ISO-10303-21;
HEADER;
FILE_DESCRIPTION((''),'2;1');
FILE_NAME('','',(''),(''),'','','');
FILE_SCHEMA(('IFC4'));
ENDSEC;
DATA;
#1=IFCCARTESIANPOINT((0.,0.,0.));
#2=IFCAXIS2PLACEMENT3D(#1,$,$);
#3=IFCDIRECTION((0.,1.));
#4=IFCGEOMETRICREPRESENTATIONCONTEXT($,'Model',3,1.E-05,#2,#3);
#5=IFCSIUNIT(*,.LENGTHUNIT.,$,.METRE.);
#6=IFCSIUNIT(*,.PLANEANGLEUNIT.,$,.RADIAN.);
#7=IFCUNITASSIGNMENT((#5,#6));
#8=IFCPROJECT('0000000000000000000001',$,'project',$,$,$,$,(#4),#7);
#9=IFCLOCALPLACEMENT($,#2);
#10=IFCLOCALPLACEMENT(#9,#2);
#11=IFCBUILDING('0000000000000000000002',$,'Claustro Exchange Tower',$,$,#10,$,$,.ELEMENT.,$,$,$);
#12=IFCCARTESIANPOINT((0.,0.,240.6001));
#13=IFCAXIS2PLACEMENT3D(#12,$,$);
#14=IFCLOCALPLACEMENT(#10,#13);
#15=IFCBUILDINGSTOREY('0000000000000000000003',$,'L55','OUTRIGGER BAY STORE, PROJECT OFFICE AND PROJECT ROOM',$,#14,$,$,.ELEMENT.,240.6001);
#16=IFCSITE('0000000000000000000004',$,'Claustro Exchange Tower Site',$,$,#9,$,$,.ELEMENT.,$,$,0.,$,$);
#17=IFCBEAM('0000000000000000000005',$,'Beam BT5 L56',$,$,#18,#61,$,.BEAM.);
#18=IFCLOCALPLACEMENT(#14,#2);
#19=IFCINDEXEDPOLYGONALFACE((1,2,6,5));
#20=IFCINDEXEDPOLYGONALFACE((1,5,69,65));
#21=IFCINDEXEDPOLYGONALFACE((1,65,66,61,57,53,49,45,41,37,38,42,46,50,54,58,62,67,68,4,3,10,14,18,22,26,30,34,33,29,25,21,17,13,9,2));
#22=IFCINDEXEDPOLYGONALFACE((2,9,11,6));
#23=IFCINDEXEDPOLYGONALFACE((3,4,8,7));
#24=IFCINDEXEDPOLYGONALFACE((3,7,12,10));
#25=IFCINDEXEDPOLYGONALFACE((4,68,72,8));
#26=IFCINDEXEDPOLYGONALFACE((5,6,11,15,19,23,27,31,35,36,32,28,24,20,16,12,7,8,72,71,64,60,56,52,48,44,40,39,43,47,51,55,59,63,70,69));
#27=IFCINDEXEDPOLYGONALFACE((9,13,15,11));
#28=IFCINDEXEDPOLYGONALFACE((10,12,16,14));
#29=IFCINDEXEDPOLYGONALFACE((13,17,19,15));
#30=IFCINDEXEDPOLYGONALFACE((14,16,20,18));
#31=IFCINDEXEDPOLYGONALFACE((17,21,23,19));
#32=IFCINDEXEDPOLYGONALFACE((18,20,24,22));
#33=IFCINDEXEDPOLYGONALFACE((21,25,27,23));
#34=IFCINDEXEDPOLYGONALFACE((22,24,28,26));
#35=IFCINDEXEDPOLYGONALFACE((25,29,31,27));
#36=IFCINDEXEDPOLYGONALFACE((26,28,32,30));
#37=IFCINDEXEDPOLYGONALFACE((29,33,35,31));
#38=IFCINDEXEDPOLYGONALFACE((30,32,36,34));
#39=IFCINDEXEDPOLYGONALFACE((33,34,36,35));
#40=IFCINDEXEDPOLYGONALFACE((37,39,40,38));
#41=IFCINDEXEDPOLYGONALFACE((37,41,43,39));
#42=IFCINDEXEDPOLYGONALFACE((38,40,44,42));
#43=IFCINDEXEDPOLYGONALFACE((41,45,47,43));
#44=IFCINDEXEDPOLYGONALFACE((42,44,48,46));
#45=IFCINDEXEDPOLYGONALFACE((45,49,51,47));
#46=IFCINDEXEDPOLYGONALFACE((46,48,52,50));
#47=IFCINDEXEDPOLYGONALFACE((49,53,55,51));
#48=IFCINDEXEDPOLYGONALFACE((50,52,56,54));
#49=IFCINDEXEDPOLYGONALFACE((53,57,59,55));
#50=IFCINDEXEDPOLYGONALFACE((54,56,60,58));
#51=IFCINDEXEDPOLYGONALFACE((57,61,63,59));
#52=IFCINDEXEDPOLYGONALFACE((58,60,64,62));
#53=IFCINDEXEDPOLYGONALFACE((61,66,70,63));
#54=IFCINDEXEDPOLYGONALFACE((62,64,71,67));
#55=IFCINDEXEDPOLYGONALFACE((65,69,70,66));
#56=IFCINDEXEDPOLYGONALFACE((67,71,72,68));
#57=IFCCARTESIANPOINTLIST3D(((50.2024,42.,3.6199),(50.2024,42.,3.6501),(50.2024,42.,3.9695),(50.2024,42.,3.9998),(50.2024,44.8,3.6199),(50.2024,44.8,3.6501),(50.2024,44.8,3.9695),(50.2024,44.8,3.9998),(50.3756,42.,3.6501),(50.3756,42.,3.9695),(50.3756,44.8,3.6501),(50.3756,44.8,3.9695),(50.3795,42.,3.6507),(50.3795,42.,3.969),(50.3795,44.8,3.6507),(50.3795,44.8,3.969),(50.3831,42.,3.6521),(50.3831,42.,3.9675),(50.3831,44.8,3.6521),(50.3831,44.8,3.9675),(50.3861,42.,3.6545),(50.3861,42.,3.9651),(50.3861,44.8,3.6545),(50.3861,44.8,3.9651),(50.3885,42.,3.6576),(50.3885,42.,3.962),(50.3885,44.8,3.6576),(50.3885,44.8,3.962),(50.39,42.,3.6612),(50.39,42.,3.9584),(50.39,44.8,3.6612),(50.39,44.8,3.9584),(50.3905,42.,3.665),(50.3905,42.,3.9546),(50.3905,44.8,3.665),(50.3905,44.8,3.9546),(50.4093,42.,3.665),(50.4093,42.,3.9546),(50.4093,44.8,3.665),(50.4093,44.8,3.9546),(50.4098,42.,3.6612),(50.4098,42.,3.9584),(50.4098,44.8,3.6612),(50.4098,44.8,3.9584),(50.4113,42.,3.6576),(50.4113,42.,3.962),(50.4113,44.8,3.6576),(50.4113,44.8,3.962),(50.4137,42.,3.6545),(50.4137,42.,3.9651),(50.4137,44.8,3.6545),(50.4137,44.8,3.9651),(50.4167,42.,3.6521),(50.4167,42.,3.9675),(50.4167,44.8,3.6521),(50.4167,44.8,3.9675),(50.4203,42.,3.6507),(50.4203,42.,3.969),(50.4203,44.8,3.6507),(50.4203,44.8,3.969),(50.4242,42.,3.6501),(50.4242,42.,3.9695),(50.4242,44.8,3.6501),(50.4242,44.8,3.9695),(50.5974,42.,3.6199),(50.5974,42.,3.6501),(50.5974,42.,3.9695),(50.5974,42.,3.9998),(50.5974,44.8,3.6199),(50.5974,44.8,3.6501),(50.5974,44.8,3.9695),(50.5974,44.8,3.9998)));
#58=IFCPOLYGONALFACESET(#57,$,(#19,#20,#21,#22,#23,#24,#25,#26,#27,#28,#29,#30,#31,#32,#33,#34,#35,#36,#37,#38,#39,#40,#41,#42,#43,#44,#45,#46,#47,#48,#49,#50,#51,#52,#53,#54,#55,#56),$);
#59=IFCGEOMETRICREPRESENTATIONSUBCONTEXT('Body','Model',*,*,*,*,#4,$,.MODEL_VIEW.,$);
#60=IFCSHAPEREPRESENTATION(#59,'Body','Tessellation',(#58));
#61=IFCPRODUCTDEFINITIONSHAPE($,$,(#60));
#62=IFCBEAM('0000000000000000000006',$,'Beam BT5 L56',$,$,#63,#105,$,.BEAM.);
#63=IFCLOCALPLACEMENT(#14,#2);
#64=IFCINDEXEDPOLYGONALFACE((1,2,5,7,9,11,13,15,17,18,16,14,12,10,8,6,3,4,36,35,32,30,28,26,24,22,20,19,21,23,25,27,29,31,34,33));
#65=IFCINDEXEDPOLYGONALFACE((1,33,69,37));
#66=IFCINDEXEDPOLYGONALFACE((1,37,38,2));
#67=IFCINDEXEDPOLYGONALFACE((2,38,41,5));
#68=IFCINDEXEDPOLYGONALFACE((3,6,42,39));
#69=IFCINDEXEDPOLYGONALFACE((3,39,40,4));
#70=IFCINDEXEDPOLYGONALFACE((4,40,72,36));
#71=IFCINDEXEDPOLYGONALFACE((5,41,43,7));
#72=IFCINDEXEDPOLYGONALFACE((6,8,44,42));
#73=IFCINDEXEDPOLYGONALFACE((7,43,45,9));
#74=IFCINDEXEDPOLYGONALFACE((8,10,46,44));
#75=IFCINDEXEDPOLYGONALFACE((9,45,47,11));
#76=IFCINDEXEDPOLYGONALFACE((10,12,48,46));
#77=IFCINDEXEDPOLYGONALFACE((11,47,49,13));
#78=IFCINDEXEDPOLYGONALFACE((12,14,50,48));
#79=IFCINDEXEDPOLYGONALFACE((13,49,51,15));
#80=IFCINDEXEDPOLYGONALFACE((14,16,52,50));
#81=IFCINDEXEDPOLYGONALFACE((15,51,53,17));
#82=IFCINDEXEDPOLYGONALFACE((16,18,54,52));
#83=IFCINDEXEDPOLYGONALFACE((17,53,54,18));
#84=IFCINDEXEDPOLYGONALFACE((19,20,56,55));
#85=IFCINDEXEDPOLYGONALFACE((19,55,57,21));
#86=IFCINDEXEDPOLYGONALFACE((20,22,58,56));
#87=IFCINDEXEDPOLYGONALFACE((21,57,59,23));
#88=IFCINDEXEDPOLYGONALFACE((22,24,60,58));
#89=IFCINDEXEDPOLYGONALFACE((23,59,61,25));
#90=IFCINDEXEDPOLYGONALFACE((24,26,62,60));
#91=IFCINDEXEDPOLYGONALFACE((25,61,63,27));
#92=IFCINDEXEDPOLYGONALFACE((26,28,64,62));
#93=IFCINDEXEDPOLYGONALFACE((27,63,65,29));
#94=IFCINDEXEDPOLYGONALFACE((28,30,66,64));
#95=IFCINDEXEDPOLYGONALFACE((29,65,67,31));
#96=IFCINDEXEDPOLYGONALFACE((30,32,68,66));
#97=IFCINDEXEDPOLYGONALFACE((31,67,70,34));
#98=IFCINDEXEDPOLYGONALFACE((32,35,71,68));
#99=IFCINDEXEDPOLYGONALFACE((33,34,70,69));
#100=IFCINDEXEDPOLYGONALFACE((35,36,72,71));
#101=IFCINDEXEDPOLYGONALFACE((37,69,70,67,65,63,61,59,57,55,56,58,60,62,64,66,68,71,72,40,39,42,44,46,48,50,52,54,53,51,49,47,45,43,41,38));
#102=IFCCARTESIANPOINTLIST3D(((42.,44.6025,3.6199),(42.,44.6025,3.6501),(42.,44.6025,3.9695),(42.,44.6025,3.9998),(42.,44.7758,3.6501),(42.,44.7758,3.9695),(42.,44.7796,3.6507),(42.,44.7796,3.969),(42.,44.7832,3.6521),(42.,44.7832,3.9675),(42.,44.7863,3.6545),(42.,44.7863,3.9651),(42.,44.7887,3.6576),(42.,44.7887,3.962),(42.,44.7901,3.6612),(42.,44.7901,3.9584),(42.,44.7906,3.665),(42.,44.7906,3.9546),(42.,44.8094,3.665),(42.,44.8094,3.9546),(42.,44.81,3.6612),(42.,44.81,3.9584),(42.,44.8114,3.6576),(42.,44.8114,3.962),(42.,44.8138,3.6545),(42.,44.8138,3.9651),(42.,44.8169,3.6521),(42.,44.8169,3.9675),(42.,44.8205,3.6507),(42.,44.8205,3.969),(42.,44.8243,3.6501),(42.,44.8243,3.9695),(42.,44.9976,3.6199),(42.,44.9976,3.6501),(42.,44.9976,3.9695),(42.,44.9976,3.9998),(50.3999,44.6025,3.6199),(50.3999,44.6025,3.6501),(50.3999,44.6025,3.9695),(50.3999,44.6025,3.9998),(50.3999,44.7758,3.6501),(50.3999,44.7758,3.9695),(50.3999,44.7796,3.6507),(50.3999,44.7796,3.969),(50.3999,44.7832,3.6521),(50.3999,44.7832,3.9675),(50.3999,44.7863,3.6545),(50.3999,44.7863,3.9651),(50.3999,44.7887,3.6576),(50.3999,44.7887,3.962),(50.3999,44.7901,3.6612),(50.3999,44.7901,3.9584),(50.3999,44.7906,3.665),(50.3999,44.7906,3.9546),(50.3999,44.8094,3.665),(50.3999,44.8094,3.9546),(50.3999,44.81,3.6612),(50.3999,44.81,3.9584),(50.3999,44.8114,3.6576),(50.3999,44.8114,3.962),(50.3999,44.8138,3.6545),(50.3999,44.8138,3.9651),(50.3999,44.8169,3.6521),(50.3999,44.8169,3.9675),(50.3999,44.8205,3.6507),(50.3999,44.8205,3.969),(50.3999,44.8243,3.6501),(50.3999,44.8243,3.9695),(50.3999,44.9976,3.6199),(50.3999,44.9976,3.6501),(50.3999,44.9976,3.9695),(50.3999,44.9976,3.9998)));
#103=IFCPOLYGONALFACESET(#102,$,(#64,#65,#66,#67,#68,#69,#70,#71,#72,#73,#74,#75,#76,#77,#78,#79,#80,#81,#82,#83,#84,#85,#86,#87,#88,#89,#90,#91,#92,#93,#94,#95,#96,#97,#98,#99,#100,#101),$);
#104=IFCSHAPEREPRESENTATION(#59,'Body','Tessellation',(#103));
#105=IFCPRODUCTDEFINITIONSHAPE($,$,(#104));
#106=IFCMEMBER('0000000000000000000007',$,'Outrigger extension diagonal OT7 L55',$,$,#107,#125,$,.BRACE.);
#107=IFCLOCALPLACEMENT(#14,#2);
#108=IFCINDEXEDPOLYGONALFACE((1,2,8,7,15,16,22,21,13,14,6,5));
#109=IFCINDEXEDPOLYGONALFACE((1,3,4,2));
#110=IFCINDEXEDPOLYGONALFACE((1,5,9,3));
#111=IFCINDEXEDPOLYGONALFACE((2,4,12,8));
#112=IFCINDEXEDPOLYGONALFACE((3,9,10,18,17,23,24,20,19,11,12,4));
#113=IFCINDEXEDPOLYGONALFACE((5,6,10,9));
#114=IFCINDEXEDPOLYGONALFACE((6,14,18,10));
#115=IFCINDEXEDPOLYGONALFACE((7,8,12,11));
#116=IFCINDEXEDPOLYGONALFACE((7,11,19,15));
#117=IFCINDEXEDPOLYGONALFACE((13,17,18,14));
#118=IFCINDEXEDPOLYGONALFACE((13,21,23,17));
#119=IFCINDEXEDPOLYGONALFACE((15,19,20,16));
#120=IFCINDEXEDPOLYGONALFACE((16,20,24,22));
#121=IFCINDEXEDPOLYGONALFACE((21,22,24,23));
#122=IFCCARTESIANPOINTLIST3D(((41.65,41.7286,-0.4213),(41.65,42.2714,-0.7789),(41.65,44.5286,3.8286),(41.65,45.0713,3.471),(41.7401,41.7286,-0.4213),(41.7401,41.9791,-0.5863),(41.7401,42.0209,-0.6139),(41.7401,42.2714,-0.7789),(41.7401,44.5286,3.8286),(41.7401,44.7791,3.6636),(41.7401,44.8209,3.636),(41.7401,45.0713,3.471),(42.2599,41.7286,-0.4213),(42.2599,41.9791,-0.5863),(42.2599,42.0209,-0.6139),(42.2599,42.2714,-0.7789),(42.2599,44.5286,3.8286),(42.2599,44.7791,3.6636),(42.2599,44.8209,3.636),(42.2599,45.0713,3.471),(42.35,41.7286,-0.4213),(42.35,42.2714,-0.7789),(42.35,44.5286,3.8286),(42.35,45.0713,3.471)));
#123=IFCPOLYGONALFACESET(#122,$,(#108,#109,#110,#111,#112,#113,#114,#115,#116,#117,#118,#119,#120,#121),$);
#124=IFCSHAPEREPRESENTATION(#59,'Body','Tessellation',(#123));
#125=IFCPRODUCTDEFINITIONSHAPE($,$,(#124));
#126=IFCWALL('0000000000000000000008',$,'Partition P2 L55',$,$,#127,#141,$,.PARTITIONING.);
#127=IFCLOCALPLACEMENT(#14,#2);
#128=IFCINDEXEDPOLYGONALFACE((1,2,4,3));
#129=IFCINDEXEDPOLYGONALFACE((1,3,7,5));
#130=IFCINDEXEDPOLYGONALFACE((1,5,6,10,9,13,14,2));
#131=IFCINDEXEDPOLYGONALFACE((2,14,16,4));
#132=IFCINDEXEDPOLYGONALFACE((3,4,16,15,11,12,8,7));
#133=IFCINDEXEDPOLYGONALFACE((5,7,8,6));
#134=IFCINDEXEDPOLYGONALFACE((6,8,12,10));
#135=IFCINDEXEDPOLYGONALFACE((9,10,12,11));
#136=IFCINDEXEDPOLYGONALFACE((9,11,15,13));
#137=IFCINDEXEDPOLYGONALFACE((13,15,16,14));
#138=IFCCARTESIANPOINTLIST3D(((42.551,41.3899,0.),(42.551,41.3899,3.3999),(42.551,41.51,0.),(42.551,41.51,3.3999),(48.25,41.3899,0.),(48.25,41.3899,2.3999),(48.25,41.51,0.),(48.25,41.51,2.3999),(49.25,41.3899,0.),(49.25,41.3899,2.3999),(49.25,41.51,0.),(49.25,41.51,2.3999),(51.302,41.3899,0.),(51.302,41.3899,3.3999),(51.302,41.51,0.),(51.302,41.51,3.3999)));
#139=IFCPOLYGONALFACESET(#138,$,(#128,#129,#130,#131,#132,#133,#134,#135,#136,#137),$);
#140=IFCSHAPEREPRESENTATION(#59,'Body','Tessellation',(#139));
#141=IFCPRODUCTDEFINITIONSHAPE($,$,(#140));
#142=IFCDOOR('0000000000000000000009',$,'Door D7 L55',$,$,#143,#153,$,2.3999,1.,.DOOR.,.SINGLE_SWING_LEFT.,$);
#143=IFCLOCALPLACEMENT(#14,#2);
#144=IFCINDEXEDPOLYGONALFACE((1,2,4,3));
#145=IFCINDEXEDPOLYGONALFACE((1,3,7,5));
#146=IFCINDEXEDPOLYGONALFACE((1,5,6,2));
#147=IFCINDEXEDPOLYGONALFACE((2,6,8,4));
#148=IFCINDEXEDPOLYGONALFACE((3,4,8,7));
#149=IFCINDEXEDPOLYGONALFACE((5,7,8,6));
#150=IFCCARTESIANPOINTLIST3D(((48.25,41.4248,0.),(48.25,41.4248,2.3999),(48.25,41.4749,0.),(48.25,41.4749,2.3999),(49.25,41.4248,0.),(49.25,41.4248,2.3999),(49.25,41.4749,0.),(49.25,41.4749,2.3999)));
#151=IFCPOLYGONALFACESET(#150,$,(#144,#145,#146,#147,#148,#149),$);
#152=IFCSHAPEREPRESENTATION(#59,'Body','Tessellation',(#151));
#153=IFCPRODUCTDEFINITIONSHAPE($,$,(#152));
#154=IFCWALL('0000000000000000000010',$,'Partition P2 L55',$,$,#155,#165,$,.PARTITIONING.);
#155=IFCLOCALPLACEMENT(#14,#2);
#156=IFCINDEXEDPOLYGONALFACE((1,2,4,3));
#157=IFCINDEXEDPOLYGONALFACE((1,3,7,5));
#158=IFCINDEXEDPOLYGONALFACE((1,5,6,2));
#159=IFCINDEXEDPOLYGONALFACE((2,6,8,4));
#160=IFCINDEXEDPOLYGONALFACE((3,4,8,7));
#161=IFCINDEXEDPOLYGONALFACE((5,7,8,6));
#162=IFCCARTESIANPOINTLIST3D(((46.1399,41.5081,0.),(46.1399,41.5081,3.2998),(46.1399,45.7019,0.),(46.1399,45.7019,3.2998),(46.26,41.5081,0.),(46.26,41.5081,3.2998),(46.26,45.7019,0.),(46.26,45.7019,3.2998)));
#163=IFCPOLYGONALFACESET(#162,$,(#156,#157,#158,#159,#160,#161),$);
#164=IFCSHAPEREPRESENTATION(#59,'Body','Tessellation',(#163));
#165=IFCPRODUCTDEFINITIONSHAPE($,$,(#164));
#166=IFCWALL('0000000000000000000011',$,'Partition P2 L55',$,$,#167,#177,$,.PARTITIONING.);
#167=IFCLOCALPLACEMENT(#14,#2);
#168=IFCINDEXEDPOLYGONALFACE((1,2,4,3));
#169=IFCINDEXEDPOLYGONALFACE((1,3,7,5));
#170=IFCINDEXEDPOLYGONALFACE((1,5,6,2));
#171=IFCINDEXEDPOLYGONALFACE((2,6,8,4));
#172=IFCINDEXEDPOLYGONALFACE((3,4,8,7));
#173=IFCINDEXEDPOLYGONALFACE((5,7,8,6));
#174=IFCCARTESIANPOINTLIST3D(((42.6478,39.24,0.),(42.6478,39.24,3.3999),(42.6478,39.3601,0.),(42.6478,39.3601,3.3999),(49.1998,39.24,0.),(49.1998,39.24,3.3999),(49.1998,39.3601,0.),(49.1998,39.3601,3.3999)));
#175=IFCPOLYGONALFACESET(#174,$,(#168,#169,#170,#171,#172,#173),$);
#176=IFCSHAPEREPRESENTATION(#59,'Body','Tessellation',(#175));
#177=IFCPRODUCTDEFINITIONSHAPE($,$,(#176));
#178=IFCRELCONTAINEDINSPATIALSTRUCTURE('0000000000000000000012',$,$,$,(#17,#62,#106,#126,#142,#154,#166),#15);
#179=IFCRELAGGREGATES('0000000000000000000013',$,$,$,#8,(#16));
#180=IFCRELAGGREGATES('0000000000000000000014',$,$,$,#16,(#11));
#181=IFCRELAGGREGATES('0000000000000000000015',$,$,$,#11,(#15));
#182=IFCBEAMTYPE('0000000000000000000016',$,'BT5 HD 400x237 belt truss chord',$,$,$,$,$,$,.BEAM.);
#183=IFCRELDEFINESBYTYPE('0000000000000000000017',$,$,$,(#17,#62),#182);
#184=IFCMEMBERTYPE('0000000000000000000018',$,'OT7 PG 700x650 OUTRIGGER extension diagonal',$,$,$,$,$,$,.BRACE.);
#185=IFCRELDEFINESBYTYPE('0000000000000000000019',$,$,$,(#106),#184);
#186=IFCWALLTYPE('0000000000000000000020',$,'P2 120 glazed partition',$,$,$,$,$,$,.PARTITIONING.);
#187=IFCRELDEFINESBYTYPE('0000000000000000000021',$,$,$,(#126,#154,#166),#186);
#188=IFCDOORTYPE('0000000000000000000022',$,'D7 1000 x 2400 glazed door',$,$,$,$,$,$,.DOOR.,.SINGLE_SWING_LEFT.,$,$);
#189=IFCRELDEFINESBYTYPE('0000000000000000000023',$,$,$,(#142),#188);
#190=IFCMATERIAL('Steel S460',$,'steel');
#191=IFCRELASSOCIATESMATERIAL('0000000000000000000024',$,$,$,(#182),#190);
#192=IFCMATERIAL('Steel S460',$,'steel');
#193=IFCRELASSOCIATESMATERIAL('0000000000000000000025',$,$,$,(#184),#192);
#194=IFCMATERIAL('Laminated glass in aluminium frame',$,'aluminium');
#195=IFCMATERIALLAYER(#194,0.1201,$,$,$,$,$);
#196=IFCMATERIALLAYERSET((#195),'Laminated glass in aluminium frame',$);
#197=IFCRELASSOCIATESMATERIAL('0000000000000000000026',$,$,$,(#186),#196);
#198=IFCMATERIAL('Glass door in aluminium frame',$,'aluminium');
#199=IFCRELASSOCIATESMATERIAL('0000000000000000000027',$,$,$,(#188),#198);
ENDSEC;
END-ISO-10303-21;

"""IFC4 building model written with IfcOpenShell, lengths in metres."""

from ifc_helpers import new_model, si_unit, direction, frame, frame_2d, origin, origin_2d, place, context, subcontext, project, spatial, rectangle, i_section, extrude, material, layer, layer_set, material_profile, profile_set, type_object, element, fill, save


model = new_model("IFC4")

# Units and contexts
model_context = context("Model", 3, precision=1e-05, world=origin(), true_north=direction((0.0, 1.0)))
body_context = subcontext(model_context, "Body", "Model", "MODEL_VIEW")
ifc_project = project(units=[si_unit("LENGTHUNIT", "METRE"), si_unit("PLANEANGLEUNIT", "RADIAN")], contexts=[model_context])

# Site, building, storey
site_placement = place(None, origin())
site = spatial("IfcSite", under=ifc_project, at=site_placement, Name="Claustro Exchange Tower Site", CompositionType="ELEMENT", RefElevation=0.0)
building_placement = place(site_placement, origin())
building = spatial("IfcBuilding", under=site, at=building_placement, Name="Claustro Exchange Tower", CompositionType="ELEMENT")
storey_placement = place(building_placement, frame((0.0, 0.0, 240.6001)))
storey = spatial("IfcBuildingStorey", under=building, at=storey_placement, Name="L55", Description="OUTRIGGER BAY STORE, PROJECT OFFICE AND PROJECT ROOM", CompositionType="ELEMENT", Elevation=240.6001)

# Beams
ifc_material_1 = material(Name="Steel S460", Category="steel")
ifc_material_profile_1 = material_profile(ifc_material_1, i_section(OverallWidth=0.395, OverallDepth=0.3799, WebThickness=0.0188, FlangeThickness=0.0303, FilletRadius=0.0149, at=origin_2d()), Name="HD 400x237")
ifc_profile_set_1 = profile_set([ifc_material_profile_1], Name="Steel S460")
beam_type_1 = type_object("IfcBeamType", Name="BT5 HD 400x237 belt truss chord", PredefinedType="BEAM", material=ifc_profile_set_1)
beam_1_placement = place(storey_placement, frame((50.3999, 42.0, 3.8098), z_axis=(0.0, 1.0, 0.0), x_axis=(-1.0, 0.0, 0.0)))
element("IfcBeam", 1, at=beam_1_placement, inside=storey, type_object=beam_type_1, Name="Beam BT5 L56", PredefinedType="BEAM", context=body_context, shape_type="SweptSolid", body=[
    extrude(i_section(OverallWidth=0.395, OverallDepth=0.3799, WebThickness=0.0188, FlangeThickness=0.0303, FilletRadius=0.0149, at=origin_2d()), origin(), (0.0, 0.0, 1.0), 2.8),
])
beam_2_placement = place(storey_placement, frame((42.0, 44.8, 3.8098), z_axis=(1.0, 0.0, 0.0), x_axis=(0.0, 1.0, 0.0)))
element("IfcBeam", 2, at=beam_2_placement, inside=storey, type_object=beam_type_1, Name="Beam BT5 L56", PredefinedType="BEAM", context=body_context, shape_type="SweptSolid", body=[
    extrude(i_section(OverallWidth=0.395, OverallDepth=0.3799, WebThickness=0.0188, FlangeThickness=0.0303, FilletRadius=0.0149, at=origin_2d()), origin(), (0.0, 0.0, 1.0), 8.3999),
])

# Member
ifc_material_2 = material(Name="Steel S460", Category="steel")
ifc_material_profile_2 = material_profile(ifc_material_2, i_section(OverallWidth=0.6499, OverallDepth=0.7, WebThickness=0.05, FlangeThickness=0.0901, at=origin_2d()), Name="PG 700x650")
ifc_profile_set_2 = profile_set([ifc_material_profile_2], Name="Steel S460")
member_type = type_object("IfcMemberType", Name="OT7 PG 700x650 OUTRIGGER extension diagonal", PredefinedType="BRACE", material=ifc_profile_set_2)
member_placement = place(storey_placement, frame((42.0, 42.0, -0.6001), z_axis=(0.0, 0.550164, 0.835056), x_axis=(0.0, -0.835056, 0.550164)))
element("IfcMember", 3, at=member_placement, inside=storey, type_object=member_type, Name="Outrigger extension diagonal OT7 L55", PredefinedType="BRACE", context=body_context, shape_type="SweptSolid", body=[
    extrude(i_section(OverallWidth=0.6499, OverallDepth=0.7, WebThickness=0.05, FlangeThickness=0.0901, at=origin_2d()), origin(), (0.0, 0.0, 1.0), 5.0894),
])

# Wall, opening, door
ifc_material_3 = material(Name="Laminated glass in aluminium frame", Category="aluminium")
ifc_layer_1 = layer(ifc_material_3, 0.1201)
ifc_layer_set_1 = layer_set([ifc_layer_1], Name="Laminated glass in aluminium frame")
wall_type_1 = type_object("IfcWallType", Name="P2 120 glazed partition", PredefinedType="PARTITIONING", material=ifc_layer_set_1)
wall_1_placement = place(storey_placement, frame((42.551, 41.45, 0.0), z_axis=(0.0, 0.0, 1.0), x_axis=(1.0, 0.0, 0.0)))
wall_1 = element("IfcWall", 4, at=wall_1_placement, inside=storey, type_object=wall_type_1, Name="Partition P2 L55", PredefinedType="PARTITIONING", context=body_context, shape_type="SweptSolid", body=[
    extrude(rectangle(XDim=8.751, YDim=0.1201, at=frame_2d((4.3755, 0.0))), origin(), (0.0, 0.0, 1.0), 3.3999),
])
opening_1_placement = place(wall_1_placement, frame((5.699, 0.0, 0.0)))
opening_1 = element("IfcOpeningElement", 5, at=opening_1_placement, cuts=wall_1, PredefinedType="OPENING", context=body_context, shape_type="SweptSolid", body=[
    extrude(rectangle(XDim=1.0, YDim=2.3999, at=frame_2d((0.5, 1.2))), frame((0.0, 0.0701, 0.0), z_axis=(0.0, -1.0, 0.0), x_axis=(1.0, 0.0, 0.0)), (0.0, 0.0, 1.0), 0.1401),
])
ifc_material_4 = material(Name="Glass door in aluminium frame", Category="aluminium")
door_type = type_object("IfcDoorType", Name="D7 1000 x 2400 glazed door", OperationType="SINGLE_SWING_LEFT", PredefinedType="DOOR", material=ifc_material_4)
door_placement = place(opening_1_placement, origin())
door = element("IfcDoor", 6, at=door_placement, inside=storey, type_object=door_type, Name="Door D7 L55", OperationType="SINGLE_SWING_LEFT", OverallHeight=2.3999, OverallWidth=1.0, PredefinedType="DOOR", context=body_context, shape_type="SweptSolid", body=[
    extrude(rectangle(XDim=1.0, YDim=2.3999, at=frame_2d((0.5, 1.2))), frame((0.0, 0.0249, 0.0), z_axis=(0.0, -1.0, 0.0), x_axis=(1.0, 0.0, 0.0)), (0.0, 0.0, 1.0), 0.05),
])
fill(opening_1, door)

# Walls
wall_2_placement = place(storey_placement, frame((46.2, 41.5081, 0.0), z_axis=(0.0, 0.0, 1.0), x_axis=(0.0, 1.0, 0.0)))
element("IfcWall", 7, at=wall_2_placement, inside=storey, type_object=wall_type_1, Name="Partition P2 L55", PredefinedType="PARTITIONING", context=body_context, shape_type="SweptSolid", body=[
    extrude(rectangle(XDim=4.1938, YDim=0.1201, at=frame_2d((2.0969, 0.0))), origin(), (0.0, 0.0, 1.0), 3.2998),
])
wall_3_placement = place(storey_placement, frame((42.6479, 39.3, 0.0), z_axis=(0.0, 0.0, 1.0), x_axis=(1.0, 0.0, 0.0)))
element("IfcWall", 8, at=wall_3_placement, inside=storey, type_object=wall_type_1, Name="Partition P2 L55", PredefinedType="PARTITIONING", context=body_context, shape_type="SweptSolid", body=[
    extrude(rectangle(XDim=6.552, YDim=0.1201, at=frame_2d((3.2759, 0.0))), origin(), (0.0, 0.0, 1.0), 3.3999),
])

save(model, "model.ifc")
